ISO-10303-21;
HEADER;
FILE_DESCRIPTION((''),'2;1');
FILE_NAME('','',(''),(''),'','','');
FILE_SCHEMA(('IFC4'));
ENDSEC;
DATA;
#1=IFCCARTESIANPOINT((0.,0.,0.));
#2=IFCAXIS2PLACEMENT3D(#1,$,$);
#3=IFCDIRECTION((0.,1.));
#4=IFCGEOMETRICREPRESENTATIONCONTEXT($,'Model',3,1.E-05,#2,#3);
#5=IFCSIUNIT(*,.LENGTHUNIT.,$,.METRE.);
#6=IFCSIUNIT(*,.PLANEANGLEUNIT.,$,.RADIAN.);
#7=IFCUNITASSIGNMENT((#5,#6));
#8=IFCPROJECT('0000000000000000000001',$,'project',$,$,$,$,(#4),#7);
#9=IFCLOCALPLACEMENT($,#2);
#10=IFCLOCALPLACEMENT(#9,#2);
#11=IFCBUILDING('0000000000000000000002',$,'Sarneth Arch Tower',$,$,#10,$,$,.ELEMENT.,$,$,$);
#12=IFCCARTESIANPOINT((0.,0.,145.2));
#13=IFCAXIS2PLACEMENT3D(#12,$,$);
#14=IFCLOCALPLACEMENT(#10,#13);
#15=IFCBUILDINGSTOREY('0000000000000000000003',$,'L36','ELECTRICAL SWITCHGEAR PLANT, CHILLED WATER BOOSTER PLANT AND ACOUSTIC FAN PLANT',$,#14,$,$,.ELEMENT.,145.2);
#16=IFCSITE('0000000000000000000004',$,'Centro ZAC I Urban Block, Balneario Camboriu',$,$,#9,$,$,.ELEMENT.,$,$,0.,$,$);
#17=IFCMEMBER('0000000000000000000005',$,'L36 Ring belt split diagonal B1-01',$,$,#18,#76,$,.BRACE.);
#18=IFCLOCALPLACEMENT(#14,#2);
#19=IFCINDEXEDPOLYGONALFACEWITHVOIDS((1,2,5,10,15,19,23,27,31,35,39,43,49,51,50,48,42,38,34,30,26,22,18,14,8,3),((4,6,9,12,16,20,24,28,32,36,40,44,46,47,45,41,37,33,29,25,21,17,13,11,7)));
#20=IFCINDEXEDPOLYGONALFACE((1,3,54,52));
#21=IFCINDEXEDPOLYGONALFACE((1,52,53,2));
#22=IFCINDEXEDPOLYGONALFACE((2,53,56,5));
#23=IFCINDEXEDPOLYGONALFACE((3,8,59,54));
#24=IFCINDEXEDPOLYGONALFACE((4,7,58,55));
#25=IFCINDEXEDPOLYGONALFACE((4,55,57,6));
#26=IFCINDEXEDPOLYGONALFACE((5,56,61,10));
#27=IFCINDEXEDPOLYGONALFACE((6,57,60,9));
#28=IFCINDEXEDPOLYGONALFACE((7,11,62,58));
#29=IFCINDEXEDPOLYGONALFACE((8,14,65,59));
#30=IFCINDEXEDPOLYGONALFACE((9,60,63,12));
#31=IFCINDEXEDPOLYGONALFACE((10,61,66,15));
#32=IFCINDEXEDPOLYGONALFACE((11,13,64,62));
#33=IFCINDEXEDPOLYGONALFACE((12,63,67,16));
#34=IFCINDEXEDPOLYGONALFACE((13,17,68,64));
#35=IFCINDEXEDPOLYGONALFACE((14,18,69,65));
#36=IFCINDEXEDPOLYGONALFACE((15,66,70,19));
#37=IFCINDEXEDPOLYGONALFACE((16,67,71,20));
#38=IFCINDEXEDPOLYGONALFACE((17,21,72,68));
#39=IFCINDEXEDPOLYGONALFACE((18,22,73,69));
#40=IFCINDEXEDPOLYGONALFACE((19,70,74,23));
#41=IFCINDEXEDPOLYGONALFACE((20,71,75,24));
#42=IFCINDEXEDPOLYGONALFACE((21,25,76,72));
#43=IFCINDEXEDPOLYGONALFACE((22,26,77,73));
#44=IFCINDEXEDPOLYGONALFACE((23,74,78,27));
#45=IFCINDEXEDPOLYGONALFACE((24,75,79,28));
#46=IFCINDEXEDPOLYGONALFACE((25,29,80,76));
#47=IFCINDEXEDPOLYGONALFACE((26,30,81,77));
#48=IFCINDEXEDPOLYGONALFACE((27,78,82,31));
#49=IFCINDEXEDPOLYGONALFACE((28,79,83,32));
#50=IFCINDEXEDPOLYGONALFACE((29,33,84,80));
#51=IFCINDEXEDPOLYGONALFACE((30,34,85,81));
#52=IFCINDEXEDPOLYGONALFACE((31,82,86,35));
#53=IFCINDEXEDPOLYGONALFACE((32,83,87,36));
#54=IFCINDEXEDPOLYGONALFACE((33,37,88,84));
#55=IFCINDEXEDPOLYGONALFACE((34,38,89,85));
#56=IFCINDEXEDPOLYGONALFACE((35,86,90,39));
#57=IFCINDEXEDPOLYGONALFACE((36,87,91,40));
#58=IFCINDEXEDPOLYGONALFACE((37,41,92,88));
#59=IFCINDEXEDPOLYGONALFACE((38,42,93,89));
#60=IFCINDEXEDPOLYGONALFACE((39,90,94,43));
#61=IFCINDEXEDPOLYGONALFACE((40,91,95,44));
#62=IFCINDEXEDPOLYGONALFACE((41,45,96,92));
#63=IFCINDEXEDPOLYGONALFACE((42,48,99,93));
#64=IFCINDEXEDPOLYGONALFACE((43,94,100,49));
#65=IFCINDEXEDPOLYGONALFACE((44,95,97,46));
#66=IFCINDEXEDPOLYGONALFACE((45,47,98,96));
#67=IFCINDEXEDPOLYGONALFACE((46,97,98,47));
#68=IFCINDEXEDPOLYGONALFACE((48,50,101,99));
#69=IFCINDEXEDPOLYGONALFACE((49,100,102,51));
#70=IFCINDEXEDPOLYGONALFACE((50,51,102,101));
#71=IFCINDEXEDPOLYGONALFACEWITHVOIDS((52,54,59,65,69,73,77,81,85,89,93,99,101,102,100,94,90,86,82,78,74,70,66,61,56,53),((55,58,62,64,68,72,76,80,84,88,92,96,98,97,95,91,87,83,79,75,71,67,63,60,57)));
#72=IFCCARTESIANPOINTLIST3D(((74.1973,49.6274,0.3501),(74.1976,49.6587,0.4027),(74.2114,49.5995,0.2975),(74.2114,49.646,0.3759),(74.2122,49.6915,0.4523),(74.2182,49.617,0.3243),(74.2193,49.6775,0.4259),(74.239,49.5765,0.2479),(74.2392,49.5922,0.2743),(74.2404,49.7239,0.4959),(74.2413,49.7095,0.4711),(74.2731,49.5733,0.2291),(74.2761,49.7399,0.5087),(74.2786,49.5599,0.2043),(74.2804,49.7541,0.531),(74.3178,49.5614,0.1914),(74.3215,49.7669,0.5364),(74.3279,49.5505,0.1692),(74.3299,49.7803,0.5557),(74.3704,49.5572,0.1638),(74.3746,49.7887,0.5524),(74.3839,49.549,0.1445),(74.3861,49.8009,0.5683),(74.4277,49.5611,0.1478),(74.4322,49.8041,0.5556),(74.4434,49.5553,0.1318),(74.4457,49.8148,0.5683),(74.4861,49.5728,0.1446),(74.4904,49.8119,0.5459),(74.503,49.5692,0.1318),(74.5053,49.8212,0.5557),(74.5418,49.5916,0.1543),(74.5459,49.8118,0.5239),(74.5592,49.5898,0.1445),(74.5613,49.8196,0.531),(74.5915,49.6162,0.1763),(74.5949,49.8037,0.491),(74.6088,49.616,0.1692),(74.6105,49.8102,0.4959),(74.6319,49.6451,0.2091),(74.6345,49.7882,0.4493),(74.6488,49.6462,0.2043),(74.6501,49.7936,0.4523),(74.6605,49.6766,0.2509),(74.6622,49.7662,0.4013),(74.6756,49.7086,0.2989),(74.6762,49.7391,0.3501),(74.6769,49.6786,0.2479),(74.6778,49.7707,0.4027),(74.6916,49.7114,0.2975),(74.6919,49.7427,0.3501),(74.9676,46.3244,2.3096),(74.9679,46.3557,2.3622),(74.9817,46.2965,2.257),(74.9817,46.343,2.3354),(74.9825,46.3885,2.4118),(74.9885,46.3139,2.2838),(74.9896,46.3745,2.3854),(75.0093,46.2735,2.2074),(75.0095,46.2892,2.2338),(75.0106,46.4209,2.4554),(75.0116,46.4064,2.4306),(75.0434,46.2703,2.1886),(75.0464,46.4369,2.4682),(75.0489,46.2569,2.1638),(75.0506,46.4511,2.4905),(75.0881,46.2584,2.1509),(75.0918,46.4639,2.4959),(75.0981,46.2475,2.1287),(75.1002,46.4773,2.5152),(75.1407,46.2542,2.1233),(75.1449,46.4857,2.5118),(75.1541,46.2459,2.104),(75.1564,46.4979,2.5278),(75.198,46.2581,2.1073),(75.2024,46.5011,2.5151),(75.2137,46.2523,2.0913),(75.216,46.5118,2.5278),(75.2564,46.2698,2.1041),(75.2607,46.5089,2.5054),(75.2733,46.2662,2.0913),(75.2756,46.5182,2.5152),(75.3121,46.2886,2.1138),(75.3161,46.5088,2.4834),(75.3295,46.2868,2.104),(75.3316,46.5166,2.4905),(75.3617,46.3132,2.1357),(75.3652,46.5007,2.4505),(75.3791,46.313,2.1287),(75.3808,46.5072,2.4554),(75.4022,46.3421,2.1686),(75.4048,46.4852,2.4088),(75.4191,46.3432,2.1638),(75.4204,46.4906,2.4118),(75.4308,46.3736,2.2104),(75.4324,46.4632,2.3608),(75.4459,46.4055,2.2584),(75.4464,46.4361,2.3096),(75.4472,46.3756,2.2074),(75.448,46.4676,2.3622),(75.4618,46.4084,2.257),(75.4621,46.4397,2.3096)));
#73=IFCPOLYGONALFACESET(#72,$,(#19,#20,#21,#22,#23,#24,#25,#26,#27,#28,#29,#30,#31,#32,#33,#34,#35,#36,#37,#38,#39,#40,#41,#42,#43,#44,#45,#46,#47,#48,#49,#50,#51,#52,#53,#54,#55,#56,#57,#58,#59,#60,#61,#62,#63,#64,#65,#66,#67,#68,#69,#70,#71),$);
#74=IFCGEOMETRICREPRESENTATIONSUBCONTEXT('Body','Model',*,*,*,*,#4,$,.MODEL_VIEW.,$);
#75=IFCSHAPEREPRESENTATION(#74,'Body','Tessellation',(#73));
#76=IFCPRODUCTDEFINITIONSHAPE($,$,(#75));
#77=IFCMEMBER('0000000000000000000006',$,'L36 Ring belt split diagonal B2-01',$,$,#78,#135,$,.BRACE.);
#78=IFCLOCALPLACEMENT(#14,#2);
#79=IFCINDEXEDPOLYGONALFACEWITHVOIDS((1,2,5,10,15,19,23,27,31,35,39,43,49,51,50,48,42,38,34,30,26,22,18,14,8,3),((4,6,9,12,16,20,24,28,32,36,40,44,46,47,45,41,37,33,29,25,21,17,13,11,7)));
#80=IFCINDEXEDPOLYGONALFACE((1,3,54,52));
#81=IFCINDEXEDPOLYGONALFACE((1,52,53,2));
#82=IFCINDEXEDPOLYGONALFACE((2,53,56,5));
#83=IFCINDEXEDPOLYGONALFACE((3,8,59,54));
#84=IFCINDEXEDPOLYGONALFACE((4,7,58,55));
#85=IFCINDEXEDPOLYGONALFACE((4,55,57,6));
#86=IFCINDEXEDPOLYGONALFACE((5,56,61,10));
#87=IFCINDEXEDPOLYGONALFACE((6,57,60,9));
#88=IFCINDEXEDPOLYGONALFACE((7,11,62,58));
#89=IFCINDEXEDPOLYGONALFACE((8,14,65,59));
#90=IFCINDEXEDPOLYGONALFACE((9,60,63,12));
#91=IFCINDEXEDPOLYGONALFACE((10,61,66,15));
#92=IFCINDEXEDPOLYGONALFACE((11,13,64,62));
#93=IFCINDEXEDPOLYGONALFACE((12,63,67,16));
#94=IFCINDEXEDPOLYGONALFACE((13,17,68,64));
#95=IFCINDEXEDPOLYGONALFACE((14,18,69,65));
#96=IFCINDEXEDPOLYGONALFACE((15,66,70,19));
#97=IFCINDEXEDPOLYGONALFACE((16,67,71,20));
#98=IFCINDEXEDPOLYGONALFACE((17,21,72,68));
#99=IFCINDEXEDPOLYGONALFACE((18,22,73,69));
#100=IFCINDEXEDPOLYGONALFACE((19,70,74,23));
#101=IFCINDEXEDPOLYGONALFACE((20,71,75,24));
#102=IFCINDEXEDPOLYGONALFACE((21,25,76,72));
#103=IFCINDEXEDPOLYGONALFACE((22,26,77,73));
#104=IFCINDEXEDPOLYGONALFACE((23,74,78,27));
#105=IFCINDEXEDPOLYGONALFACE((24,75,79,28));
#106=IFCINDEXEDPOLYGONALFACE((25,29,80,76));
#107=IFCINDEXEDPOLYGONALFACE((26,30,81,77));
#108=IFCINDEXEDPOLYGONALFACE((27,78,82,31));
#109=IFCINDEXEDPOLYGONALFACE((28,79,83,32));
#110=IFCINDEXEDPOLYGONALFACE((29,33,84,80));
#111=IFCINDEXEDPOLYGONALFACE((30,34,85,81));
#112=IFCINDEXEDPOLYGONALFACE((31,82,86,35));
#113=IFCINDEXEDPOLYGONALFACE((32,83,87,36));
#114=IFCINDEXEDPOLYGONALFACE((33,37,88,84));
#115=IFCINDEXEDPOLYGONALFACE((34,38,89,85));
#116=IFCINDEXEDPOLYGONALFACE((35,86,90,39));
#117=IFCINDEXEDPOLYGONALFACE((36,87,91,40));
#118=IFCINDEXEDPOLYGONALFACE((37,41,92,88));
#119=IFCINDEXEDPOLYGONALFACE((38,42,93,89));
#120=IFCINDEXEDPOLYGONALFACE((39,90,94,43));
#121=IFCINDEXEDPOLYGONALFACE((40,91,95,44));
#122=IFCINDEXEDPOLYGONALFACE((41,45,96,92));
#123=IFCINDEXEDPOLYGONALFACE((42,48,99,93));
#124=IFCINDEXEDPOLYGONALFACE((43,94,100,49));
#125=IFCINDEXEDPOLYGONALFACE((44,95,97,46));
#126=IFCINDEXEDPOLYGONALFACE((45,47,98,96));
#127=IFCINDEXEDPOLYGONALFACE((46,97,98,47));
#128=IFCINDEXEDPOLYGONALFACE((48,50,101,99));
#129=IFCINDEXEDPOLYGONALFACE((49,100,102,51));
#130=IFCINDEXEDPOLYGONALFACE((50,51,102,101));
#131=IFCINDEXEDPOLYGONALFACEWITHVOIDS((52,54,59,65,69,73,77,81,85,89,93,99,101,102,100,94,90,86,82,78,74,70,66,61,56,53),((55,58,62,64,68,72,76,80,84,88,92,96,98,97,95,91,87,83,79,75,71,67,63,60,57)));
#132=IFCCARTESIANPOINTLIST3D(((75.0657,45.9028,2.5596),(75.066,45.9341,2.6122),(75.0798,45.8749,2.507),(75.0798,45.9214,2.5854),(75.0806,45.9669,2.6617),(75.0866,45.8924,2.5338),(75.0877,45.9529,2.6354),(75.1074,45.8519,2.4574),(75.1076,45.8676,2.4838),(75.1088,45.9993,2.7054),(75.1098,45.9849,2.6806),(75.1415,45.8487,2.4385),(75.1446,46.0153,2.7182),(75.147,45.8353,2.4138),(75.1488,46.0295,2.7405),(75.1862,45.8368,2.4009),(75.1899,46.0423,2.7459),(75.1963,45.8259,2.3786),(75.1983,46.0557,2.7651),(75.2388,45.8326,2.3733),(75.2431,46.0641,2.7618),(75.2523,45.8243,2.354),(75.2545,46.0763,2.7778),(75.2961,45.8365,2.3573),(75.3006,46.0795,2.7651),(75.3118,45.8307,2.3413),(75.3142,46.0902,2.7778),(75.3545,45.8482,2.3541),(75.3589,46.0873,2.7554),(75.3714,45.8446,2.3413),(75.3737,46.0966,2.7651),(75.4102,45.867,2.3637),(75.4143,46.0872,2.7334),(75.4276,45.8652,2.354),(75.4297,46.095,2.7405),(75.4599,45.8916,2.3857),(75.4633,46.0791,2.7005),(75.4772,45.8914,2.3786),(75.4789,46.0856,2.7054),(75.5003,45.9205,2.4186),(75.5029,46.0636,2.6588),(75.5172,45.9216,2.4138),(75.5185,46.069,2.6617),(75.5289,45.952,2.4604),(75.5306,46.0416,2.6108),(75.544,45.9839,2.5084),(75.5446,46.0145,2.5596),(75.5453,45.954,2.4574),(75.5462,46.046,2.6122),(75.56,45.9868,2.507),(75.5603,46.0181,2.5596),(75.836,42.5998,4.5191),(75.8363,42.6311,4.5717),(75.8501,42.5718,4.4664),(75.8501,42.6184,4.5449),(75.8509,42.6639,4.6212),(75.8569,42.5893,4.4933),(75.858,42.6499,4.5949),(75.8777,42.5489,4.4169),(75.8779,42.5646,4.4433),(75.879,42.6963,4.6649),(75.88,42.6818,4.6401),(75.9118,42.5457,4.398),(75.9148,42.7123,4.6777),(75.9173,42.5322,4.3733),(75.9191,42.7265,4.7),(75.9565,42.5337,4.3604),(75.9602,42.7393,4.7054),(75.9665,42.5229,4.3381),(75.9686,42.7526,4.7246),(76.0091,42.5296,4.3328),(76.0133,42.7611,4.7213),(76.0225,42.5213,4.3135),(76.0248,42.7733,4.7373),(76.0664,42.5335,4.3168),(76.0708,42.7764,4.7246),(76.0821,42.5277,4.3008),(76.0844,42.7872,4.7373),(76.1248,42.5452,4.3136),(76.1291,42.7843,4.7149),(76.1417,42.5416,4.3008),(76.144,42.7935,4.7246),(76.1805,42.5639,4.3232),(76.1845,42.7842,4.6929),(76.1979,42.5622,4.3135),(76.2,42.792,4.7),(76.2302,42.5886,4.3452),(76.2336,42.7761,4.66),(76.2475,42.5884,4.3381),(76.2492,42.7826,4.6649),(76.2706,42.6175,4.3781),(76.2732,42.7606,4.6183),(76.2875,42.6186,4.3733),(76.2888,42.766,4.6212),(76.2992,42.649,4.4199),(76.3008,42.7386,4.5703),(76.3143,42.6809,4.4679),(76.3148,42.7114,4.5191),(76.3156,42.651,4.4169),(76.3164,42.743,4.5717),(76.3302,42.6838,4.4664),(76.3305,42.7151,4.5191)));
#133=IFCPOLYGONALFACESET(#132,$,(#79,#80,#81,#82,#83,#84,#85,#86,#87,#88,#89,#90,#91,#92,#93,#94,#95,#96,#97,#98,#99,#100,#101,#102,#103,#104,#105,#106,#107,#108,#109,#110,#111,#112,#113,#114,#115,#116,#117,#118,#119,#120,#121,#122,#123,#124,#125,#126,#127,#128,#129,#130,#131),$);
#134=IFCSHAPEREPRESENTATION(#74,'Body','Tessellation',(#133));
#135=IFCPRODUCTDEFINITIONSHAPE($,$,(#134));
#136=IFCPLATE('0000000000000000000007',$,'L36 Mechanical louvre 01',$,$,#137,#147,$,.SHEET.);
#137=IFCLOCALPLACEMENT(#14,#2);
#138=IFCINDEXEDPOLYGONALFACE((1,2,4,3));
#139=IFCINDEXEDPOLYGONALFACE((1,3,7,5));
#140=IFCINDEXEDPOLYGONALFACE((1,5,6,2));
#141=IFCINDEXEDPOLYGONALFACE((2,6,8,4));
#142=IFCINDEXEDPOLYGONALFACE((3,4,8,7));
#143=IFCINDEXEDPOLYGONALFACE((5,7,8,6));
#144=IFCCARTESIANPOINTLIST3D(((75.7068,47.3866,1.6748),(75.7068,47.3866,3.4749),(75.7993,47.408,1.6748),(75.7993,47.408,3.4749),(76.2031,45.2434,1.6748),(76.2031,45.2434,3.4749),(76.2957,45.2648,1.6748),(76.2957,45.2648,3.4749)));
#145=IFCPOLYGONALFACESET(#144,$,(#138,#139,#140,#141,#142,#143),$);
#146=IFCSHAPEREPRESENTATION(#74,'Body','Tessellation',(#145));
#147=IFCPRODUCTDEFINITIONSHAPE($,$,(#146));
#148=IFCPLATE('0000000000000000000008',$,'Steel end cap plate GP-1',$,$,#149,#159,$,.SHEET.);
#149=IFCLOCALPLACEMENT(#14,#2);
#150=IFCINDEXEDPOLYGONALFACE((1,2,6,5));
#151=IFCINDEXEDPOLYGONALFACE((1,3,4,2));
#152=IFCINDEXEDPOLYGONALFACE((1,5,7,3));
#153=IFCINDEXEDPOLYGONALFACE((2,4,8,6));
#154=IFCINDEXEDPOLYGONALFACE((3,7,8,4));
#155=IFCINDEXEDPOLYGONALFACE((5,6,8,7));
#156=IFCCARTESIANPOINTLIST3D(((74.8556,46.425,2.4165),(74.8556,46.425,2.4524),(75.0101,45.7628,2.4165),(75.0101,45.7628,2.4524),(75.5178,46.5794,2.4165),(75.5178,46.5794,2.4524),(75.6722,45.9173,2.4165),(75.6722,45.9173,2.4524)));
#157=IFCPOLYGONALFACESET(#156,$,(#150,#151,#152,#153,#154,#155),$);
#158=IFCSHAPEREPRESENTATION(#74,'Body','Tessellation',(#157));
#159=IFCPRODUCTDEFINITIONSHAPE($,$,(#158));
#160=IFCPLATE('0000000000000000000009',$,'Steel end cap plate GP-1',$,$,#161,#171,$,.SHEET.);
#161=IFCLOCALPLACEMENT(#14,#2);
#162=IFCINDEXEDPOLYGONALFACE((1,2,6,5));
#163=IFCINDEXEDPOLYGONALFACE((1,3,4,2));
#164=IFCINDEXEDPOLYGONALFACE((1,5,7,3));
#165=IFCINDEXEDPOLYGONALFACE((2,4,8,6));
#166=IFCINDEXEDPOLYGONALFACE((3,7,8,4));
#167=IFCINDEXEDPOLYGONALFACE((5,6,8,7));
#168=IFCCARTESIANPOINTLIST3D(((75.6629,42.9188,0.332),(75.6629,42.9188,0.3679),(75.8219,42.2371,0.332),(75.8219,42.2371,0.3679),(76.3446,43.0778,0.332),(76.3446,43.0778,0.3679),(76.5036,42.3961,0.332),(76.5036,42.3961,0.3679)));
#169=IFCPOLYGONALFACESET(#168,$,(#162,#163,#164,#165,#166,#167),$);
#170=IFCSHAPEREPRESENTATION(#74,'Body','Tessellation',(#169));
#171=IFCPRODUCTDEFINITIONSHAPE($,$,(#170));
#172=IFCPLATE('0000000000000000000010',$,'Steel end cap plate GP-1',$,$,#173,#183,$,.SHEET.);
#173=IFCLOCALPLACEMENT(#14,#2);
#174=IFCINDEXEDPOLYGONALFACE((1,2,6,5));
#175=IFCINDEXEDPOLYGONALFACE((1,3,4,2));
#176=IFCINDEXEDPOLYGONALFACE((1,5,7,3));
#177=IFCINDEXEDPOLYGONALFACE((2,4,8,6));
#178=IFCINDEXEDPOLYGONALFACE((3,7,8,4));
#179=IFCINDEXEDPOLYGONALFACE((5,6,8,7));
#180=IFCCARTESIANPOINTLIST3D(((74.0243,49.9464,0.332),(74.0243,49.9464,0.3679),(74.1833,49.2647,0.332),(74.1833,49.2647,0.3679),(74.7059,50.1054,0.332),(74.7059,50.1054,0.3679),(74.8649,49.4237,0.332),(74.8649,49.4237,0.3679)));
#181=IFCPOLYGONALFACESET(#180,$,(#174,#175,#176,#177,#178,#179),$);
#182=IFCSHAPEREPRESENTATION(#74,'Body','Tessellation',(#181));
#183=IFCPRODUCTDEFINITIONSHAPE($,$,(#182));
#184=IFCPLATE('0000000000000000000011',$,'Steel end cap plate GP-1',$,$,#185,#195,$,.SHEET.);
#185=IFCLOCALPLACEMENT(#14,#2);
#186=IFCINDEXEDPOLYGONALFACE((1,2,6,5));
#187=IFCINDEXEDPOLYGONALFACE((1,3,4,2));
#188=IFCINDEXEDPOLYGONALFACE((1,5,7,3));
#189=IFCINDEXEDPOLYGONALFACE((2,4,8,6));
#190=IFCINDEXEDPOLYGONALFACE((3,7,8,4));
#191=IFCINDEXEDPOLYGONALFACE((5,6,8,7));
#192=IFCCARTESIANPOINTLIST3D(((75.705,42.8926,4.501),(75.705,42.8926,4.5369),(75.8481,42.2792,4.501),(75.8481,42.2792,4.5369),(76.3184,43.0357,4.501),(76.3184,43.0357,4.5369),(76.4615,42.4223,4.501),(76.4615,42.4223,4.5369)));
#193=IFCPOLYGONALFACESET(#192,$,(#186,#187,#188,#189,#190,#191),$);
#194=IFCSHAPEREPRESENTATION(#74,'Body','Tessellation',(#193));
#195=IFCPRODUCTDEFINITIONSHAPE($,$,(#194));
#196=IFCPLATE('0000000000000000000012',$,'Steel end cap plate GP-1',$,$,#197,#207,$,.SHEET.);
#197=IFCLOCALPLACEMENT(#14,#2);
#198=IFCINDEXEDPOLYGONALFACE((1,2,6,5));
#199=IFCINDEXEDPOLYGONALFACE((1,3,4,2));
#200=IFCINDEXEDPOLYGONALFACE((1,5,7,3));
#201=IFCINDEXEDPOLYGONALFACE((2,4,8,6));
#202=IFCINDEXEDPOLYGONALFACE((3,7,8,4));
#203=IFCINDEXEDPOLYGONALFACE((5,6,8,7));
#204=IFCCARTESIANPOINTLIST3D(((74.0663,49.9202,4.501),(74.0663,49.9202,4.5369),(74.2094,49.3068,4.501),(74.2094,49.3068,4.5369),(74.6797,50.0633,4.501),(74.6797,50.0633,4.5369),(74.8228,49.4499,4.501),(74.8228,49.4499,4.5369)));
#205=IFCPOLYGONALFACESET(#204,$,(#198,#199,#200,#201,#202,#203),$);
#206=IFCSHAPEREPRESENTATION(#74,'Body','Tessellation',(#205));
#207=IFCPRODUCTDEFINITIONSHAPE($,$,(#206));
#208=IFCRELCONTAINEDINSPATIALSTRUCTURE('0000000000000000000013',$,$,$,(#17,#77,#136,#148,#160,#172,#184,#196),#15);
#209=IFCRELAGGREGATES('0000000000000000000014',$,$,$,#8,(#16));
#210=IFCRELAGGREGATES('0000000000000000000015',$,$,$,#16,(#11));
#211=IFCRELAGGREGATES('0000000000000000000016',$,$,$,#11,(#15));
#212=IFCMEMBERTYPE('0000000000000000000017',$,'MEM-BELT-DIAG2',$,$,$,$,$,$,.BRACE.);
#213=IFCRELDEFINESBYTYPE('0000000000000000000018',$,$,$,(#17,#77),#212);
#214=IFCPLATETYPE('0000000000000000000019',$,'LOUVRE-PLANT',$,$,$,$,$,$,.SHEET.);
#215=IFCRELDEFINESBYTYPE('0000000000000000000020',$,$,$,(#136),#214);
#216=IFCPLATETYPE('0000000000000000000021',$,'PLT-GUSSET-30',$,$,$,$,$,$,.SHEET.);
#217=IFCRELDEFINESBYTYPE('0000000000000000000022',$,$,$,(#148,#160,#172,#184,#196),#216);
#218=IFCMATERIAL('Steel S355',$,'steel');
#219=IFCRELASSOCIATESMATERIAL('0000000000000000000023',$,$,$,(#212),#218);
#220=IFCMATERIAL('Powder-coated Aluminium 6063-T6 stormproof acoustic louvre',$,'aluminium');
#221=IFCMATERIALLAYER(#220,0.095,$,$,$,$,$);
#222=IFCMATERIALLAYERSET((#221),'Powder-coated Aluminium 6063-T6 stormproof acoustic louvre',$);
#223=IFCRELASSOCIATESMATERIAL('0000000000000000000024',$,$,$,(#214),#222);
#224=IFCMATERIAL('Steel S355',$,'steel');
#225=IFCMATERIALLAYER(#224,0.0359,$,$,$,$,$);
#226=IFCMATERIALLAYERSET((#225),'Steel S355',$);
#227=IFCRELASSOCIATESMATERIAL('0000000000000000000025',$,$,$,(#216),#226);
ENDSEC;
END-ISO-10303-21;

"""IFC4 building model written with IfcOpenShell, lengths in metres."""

from ifc_helpers import new_model, si_unit, direction, frame, origin, origin_2d, place, context, subcontext, project, spatial, rectangle, hollow_circle, extrude, material, layer, layer_set, material_profile, profile_set, type_object, element, save


model = new_model("IFC4")

# Units and contexts
model_context = context("Model", 3, precision=1e-05, world=origin(), true_north=direction((0.0, 1.0)))
body_context = subcontext(model_context, "Body", "Model", "MODEL_VIEW")
ifc_project = project(units=[si_unit("LENGTHUNIT", "METRE"), si_unit("PLANEANGLEUNIT", "RADIAN")], contexts=[model_context])

# Site, building, storey
site_placement = place(None, origin())
site = spatial("IfcSite", under=ifc_project, at=site_placement, Name="Centro ZAC I Urban Block, Balneario Camboriu", CompositionType="ELEMENT", RefElevation=0.0)
building_placement = place(site_placement, origin())
building = spatial("IfcBuilding", under=site, at=building_placement, Name="Sarneth Arch Tower", CompositionType="ELEMENT")
storey_placement = place(building_placement, frame((0.0, 0.0, 145.2)))
storey = spatial("IfcBuildingStorey", under=building, at=storey_placement, Name="L36", Description="ELECTRICAL SWITCHGEAR PLANT, CHILLED WATER BOOSTER PLANT AND ACOUSTIC FAN PLANT", CompositionType="ELEMENT", Elevation=145.2)

# Members
ifc_material_1 = material(Name="Steel S355", Category="steel")
ifc_material_profile_1 = material_profile(ifc_material_1, hollow_circle(Radius=0.2539, WallThickness=0.0161, at=origin_2d()), Name="CHS508x16")
ifc_profile_set_1 = profile_set([ifc_material_profile_1], Name="Steel S355")
member_type_1 = type_object("IfcMemberType", Name="MEM-BELT-DIAG2", PredefinedType="BRACE", material=ifc_profile_set_1)
for number, where, z_axis, x_axis, name in (
    (1, (74.4446, 49.6851, 0.3501), (0.196649, -0.843252, 0.500255), (0.973869, 0.227109, 0.0), "L36 Ring belt split diagonal B1-01"),
    (2, (75.313, 45.9604, 2.5596), (0.196649, -0.843252, 0.500255), (0.973869, 0.227109, 0.0), "L36 Ring belt split diagonal B2-01"),
):
    element("IfcMember", number, at=place(storey_placement, frame(where, z_axis=z_axis, x_axis=x_axis)), inside=storey, type_object=member_type_1, Name=name, PredefinedType="BRACE", context=body_context, shape_type="SweptSolid", body=[
        extrude(hollow_circle(Radius=0.2539, WallThickness=0.0161, at=origin_2d()), origin(), (0.0, 0.0, 1.0), 3.917),
    ])

# Plates
ifc_material_2 = material(Name="Powder-coated Aluminium 6063-T6 stormproof acoustic louvre", Category="aluminium")
ifc_layer_1 = layer(ifc_material_2, 0.095)
ifc_layer_set_1 = layer_set([ifc_layer_1], Name="Powder-coated Aluminium 6063-T6 stormproof acoustic louvre")
plate_type_1 = type_object("IfcPlateType", Name="LOUVRE-PLANT", PredefinedType="SHEET", material=ifc_layer_set_1)
plate_1_placement = place(storey_placement, frame((76.0012, 46.3257, 1.6748), z_axis=(0.0, 0.0, 1.0), x_axis=(-0.225631, 0.974213, 0.0)))
element("IfcPlate", 3, at=plate_1_placement, inside=storey, type_object=plate_type_1, Name="L36 Mechanical louvre 01", PredefinedType="SHEET", context=body_context, shape_type="SweptSolid", body=[
    extrude(rectangle(XDim=2.2, YDim=0.095, at=origin_2d()), origin(), (0.0, 0.0, 1.0), 1.8),
])
ifc_material_3 = material(Name="Steel S355", Category="steel")
ifc_layer_2 = layer(ifc_material_3, 0.0359)
ifc_layer_set_2 = layer_set([ifc_layer_2], Name="Steel S355")
plate_type_2 = type_object("IfcPlateType", Name="PLT-GUSSET-30", PredefinedType="SHEET", material=ifc_layer_set_2)
plate_2_placement = place(storey_placement, frame((75.2639, 46.1711, 2.4165), z_axis=(0.0, 0.0, 1.0), x_axis=(-0.227161, 0.973857, 0.0)))
element("IfcPlate", 4, at=plate_2_placement, inside=storey, type_object=plate_type_2, Name="Steel end cap plate GP-1", PredefinedType="SHEET", context=body_context, shape_type="SweptSolid", body=[
    extrude(rectangle(XDim=0.6799, YDim=0.6799, at=origin_2d()), origin(), (0.0, 0.0, 1.0), 0.0359),
])
for number, where, z_axis, x_axis, name in (
    (5, (76.0833, 42.6575, 0.332), (0.0, 0.0, 1.0), (0.227161, -0.973857, 0.0), "Steel end cap plate GP-1"),
    (6, (74.4446, 49.6851, 0.332), (0.0, 0.0, 1.0), (-0.227161, 0.973857, 0.0), "Steel end cap plate GP-1"),
):
    element("IfcPlate", number, at=place(storey_placement, frame(where, z_axis=z_axis, x_axis=x_axis)), inside=storey, type_object=plate_type_2, Name=name, PredefinedType="SHEET", context=body_context, shape_type="SweptSolid", body=[
        extrude(rectangle(XDim=0.7, YDim=0.7, at=origin_2d()), origin(), (0.0, 0.0, 1.0), 0.0359),
    ])
for number, where, z_axis, x_axis, name in (
    (7, (76.0833, 42.6575, 4.501), (0.0, 0.0, 1.0), (0.227161, -0.973857, 0.0), "Steel end cap plate GP-1"),
    (8, (74.4446, 49.6851, 4.501), (0.0, 0.0, 1.0), (-0.227161, 0.973857, 0.0), "Steel end cap plate GP-1"),
):
    element("IfcPlate", number, at=place(storey_placement, frame(where, z_axis=z_axis, x_axis=x_axis)), inside=storey, type_object=plate_type_2, Name=name, PredefinedType="SHEET", context=body_context, shape_type="SweptSolid", body=[
        extrude(rectangle(XDim=0.6299, YDim=0.6299, at=origin_2d()), origin(), (0.0, 0.0, 1.0), 0.0359),
    ])

save(model, "model.ifc")
